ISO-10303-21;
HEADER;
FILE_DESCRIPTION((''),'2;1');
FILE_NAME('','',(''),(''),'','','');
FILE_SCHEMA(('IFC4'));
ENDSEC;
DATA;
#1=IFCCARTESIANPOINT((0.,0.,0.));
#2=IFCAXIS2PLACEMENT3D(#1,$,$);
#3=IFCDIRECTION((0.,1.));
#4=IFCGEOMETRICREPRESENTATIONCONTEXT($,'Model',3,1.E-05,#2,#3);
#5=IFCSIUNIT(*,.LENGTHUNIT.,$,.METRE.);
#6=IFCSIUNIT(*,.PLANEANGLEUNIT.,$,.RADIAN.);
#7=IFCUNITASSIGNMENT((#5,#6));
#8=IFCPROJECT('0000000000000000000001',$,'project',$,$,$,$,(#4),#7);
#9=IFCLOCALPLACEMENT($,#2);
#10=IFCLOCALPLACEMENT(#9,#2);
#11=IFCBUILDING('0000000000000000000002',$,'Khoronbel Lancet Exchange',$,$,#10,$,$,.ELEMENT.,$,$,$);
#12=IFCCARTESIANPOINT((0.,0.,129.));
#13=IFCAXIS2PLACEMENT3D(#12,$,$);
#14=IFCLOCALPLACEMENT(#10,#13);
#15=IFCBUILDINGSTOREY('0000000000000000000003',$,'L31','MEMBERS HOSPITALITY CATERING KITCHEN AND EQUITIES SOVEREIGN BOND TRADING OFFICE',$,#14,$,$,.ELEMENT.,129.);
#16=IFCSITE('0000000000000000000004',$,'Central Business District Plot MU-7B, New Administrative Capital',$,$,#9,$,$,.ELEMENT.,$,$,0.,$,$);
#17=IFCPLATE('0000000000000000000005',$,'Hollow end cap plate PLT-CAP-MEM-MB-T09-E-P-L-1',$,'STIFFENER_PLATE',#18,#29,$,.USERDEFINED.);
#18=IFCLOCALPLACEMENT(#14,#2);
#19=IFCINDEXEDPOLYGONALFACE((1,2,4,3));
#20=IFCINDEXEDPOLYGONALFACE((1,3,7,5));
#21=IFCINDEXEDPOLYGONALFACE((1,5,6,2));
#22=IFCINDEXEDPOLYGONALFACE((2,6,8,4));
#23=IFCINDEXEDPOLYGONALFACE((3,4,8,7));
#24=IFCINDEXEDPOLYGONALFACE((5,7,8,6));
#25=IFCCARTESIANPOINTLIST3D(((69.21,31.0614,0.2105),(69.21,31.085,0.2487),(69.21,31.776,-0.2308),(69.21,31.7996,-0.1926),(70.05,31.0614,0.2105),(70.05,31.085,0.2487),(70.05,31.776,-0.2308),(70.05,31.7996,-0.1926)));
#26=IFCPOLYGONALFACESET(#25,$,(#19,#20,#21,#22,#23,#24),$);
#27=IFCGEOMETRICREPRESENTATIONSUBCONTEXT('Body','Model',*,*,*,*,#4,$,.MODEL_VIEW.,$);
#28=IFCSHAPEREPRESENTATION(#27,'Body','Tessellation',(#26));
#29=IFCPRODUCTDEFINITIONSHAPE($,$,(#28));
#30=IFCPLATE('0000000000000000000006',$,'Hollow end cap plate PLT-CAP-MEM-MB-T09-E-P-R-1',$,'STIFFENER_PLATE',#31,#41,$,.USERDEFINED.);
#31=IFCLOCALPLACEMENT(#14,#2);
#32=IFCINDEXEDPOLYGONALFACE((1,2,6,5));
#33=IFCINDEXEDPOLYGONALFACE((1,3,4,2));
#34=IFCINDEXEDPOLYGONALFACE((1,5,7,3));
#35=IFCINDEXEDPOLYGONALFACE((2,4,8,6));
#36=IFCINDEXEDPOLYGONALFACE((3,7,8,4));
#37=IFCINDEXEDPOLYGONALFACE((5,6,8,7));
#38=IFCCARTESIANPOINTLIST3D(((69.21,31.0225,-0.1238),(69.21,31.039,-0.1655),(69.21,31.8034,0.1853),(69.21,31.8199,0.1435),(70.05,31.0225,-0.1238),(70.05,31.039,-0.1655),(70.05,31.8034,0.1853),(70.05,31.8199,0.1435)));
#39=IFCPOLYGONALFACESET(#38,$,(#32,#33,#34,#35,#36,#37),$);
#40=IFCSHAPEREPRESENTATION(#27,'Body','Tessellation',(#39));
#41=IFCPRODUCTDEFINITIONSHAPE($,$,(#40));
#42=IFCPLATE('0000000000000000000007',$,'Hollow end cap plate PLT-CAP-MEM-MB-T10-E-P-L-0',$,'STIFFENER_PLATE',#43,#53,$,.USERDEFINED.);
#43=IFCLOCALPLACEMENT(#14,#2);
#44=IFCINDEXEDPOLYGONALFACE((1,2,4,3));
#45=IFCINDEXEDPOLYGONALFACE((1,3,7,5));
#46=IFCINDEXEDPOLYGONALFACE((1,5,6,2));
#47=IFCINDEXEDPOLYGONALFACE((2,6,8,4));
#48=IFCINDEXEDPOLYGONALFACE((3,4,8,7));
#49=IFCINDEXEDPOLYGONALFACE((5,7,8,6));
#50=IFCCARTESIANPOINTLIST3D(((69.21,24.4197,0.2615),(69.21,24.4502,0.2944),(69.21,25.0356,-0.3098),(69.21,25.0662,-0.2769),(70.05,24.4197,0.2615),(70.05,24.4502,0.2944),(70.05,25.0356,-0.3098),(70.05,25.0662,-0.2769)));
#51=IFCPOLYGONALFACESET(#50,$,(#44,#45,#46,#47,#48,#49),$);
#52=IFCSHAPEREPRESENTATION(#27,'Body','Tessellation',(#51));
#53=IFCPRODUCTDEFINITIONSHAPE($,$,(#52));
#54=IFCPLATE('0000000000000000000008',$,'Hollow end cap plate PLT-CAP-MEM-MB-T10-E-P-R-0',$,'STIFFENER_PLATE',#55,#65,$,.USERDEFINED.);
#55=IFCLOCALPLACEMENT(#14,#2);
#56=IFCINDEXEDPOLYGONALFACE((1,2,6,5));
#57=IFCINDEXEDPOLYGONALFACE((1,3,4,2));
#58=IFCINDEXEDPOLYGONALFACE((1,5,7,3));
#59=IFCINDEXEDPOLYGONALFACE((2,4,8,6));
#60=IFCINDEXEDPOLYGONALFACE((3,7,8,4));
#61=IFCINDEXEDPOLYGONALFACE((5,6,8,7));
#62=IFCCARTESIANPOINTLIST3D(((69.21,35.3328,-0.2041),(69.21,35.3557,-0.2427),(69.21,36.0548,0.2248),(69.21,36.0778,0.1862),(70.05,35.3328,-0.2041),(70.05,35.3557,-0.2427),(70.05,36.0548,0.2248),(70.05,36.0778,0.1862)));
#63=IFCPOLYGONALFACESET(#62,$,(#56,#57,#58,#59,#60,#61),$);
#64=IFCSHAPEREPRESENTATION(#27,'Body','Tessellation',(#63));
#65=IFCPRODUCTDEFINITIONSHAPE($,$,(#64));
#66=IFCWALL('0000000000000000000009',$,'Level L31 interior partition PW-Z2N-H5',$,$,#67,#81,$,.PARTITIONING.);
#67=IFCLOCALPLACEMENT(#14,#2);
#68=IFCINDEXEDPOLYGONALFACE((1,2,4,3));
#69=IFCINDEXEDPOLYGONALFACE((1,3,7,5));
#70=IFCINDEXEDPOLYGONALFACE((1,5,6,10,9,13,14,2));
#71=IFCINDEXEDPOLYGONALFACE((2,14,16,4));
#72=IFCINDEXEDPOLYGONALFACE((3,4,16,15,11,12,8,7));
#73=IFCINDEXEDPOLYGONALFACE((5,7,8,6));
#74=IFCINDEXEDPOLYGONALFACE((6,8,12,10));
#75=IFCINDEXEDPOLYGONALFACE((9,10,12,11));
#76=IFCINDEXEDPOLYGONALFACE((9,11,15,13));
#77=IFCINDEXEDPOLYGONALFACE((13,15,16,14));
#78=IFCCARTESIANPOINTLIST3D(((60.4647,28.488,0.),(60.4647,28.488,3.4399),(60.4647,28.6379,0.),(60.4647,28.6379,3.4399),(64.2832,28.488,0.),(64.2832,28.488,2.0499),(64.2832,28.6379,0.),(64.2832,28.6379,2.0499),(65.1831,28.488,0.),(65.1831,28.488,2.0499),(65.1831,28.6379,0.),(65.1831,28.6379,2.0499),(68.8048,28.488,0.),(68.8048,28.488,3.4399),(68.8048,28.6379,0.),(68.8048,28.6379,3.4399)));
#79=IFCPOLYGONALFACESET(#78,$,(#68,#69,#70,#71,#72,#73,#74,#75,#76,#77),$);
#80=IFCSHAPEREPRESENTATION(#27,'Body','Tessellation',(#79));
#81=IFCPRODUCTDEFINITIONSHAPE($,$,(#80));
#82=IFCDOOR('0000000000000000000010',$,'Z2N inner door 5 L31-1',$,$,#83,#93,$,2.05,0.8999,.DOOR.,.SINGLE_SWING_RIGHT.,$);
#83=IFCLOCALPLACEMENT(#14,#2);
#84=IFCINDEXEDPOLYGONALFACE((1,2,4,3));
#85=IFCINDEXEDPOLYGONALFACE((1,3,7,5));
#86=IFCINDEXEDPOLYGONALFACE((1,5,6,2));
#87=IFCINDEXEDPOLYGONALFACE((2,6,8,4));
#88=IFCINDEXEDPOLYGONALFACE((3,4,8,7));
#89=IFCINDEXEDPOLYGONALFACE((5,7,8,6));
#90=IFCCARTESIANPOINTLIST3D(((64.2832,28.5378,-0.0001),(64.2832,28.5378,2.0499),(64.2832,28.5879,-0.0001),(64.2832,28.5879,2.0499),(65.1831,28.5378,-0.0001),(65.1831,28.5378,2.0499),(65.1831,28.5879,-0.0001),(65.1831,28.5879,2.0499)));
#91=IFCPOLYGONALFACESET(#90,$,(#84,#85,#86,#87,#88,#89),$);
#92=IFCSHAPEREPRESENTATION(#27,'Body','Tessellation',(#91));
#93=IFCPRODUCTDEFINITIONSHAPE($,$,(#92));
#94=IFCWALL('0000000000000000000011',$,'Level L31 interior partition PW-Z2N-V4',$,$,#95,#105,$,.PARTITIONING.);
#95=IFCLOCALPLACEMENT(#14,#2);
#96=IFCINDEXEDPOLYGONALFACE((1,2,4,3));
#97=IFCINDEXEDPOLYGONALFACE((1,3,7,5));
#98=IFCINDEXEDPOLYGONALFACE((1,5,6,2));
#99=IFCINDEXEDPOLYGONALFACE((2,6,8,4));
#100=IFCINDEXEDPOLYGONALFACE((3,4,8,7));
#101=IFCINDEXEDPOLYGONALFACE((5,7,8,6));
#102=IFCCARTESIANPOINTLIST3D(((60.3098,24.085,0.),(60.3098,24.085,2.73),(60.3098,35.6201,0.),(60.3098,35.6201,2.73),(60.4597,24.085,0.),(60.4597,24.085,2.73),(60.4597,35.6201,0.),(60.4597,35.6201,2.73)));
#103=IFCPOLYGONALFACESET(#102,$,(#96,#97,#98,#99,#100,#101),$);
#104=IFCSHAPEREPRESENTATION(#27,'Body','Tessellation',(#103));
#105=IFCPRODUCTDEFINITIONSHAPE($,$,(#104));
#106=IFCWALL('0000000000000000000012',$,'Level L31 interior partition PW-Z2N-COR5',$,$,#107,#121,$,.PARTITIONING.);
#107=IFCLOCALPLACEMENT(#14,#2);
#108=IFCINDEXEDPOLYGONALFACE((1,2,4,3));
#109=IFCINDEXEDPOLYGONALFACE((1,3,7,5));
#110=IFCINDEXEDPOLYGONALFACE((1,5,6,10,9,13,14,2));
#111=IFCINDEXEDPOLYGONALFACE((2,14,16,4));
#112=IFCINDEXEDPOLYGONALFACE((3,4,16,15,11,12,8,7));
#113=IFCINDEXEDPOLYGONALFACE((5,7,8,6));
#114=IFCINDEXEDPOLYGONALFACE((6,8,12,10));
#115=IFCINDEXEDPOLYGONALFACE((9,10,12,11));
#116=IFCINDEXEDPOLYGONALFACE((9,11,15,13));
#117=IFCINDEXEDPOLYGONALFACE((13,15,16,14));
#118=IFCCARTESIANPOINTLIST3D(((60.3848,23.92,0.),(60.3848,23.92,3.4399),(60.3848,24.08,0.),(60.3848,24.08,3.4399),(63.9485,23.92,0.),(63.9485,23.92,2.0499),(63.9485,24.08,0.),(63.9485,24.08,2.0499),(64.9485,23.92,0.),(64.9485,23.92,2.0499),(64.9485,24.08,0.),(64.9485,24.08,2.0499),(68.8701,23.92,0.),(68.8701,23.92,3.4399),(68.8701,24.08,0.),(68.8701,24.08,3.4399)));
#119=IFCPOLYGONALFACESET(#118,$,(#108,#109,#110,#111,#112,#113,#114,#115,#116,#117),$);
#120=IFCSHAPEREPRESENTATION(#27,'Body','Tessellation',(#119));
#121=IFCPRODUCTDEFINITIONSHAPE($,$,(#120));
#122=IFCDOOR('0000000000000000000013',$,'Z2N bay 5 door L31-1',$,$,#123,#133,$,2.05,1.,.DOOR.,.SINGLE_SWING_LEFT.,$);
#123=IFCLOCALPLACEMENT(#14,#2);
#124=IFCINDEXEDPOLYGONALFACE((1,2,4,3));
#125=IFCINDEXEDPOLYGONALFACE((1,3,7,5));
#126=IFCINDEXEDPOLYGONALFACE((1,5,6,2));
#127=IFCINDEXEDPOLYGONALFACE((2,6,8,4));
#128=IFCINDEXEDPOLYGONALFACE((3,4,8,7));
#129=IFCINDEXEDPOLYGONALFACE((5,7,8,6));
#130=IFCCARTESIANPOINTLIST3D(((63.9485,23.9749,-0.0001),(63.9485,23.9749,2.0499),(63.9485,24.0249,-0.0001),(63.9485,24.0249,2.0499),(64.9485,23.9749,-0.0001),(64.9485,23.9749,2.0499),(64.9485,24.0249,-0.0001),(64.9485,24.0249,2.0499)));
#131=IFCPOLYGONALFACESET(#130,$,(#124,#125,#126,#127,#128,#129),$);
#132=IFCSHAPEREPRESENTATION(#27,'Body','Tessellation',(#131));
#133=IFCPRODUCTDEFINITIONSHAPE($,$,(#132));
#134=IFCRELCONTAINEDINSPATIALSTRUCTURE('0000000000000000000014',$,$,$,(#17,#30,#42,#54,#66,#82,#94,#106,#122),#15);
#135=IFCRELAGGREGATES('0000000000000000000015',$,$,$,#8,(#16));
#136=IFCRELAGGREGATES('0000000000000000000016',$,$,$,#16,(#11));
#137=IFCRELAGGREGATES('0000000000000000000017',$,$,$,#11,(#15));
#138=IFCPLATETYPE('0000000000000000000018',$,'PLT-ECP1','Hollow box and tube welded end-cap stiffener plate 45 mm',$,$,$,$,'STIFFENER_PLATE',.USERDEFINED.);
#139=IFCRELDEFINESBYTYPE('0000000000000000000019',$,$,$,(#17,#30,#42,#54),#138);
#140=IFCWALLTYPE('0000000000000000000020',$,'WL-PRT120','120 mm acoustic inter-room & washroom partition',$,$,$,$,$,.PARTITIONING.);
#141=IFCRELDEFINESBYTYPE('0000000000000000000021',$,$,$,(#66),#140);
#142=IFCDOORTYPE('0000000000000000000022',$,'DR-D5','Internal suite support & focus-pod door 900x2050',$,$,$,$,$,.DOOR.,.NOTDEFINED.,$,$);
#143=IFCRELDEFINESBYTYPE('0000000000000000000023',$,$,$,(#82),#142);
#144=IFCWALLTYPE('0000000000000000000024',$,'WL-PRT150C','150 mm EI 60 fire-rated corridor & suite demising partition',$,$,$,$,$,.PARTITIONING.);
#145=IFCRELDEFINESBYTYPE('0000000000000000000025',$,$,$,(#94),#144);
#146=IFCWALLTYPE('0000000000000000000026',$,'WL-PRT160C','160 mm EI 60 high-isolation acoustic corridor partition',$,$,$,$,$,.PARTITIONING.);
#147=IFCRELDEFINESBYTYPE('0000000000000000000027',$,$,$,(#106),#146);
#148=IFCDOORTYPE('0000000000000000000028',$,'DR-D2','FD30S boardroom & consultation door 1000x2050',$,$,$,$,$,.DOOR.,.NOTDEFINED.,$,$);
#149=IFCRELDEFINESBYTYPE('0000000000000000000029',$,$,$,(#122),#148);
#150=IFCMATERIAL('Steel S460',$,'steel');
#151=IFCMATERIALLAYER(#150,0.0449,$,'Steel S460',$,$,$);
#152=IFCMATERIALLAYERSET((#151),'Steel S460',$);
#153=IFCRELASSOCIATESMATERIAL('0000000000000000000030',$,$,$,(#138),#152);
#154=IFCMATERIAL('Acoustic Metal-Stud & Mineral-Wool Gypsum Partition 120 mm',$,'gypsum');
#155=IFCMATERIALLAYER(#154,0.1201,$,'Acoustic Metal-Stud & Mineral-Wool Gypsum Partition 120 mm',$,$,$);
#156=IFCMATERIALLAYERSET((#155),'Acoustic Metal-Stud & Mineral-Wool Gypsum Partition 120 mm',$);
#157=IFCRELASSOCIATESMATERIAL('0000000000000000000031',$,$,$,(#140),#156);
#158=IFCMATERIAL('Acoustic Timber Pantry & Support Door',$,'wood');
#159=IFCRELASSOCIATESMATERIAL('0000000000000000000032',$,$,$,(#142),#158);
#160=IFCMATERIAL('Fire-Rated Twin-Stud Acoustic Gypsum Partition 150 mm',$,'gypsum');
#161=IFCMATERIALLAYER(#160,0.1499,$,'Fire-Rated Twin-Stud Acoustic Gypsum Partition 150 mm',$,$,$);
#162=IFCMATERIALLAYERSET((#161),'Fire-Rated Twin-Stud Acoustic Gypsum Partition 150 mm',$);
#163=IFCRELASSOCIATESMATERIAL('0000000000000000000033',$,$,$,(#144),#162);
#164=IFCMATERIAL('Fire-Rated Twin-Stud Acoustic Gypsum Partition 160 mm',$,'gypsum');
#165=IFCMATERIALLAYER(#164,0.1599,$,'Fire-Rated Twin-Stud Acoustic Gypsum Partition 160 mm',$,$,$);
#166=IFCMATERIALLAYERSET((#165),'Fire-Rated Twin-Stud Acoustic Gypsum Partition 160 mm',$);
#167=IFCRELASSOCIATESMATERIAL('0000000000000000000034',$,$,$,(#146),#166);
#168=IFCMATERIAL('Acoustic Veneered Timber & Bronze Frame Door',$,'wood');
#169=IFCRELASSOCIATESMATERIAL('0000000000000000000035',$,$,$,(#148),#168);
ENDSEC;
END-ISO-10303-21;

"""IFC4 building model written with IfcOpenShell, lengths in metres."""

from ifc_helpers import new_model, si_unit, direction, frame, frame_2d, origin, place, context, subcontext, project, spatial, polyline, rectangle, outline, extrude, material, layer, layer_set, type_object, element, fill, save


model = new_model("IFC4")

# Units and contexts
model_context = context("Model", 3, precision=1e-05, world=origin(), true_north=direction((0.0, 1.0)))
body_context = subcontext(model_context, "Body", "Model", "MODEL_VIEW")
ifc_project = project(units=[si_unit("LENGTHUNIT", "METRE"), si_unit("PLANEANGLEUNIT", "RADIAN")], contexts=[model_context])

# Site, building, storey
site_placement = place(None, origin())
site = spatial("IfcSite", under=ifc_project, at=site_placement, Name="Central Business District Plot MU-7B, New Administrative Capital", CompositionType="ELEMENT", RefElevation=0.0)
building_placement = place(site_placement, origin())
building = spatial("IfcBuilding", under=site, at=building_placement, Name="Khoronbel Lancet Exchange", CompositionType="ELEMENT")
storey_placement = place(building_placement, frame((0.0, 0.0, 129.0)))
storey = spatial("IfcBuildingStorey", under=building, at=storey_placement, Name="L31", Description="MEMBERS HOSPITALITY CATERING KITCHEN AND EQUITIES SOVEREIGN BOND TRADING OFFICE", CompositionType="ELEMENT", Elevation=129.0)

# Shared definitions
ifc_material_1 = material(Name="Steel S460", Category="steel")

# Plates
ifc_layer_1 = layer(ifc_material_1, 0.0449, Name="Steel S460")
ifc_layer_set_1 = layer_set([ifc_layer_1], Name="Steel S460")
plate_type_1 = type_object("IfcPlateType", Name="PLT-ECP1", Description="Hollow box and tube welded end-cap stiffener plate 45 mm", ElementType="STIFFENER_PLATE", PredefinedType="USERDEFINED", material=ifc_layer_set_1)
for number, where, z_axis, x_axis, name in (
    (1, (70.05, 31.7996, -0.1926), (0.0, 0.525524, 0.850779), (-1.0, 0.0, 0.0), "Hollow end cap plate PLT-CAP-MEM-MB-T09-E-P-L-1"),
    (2, (69.21, 31.0225, -0.1238), (0.0, -0.36798, 0.929834), (1.0, 0.0, 0.0), "Hollow end cap plate PLT-CAP-MEM-MB-T09-E-P-R-1"),
):
    element("IfcPlate", number, at=place(storey_placement, frame(where, z_axis=z_axis, x_axis=x_axis)), inside=storey, type_object=plate_type_1, Name=name, ObjectType="STIFFENER_PLATE", PredefinedType="USERDEFINED", context=body_context, shape_type="SweptSolid", body=[
        extrude(outline(polyline([(0.0, 0.0), (0.8401, 0.0), (0.8401, 0.8398), (0.0, 0.8398), (0.0, 0.0)])), origin(), (0.0, 0.0, -1.0), 0.0449),
    ])
plate_1_placement = place(storey_placement, frame((70.05, 25.0662, -0.2769), z_axis=(0.0, 0.680016, 0.733197), x_axis=(-1.0, 0.0, 0.0)))
element("IfcPlate", 3, at=plate_1_placement, inside=storey, type_object=plate_type_1, Name="Hollow end cap plate PLT-CAP-MEM-MB-T10-E-P-L-0", ObjectType="STIFFENER_PLATE", PredefinedType="USERDEFINED", context=body_context, shape_type="SweptSolid", body=[
    extrude(outline(polyline([(0.0, 0.0), (0.8401, 0.0), (0.8401, 0.8401), (0.0, 0.8401), (0.0, 0.0)])), origin(), (0.0, 0.0, -1.0), 0.0449),
])
plate_2_placement = place(storey_placement, frame((69.21, 35.3328, -0.2041), z_axis=(0.0, -0.510686, 0.859767), x_axis=(1.0, 0.0, 0.0)))
element("IfcPlate", 4, at=plate_2_placement, inside=storey, type_object=plate_type_1, Name="Hollow end cap plate PLT-CAP-MEM-MB-T10-E-P-R-0", ObjectType="STIFFENER_PLATE", PredefinedType="USERDEFINED", context=body_context, shape_type="SweptSolid", body=[
    extrude(outline(polyline([(0.0, 0.0), (0.8401, 0.0), (0.8401, 0.8398), (0.0, 0.8398), (0.0, 0.0)])), origin(), (0.0, 0.0, -1.0), 0.0449),
])

# Wall, opening, door
ifc_material_2 = material(Name="Acoustic Metal-Stud & Mineral-Wool Gypsum Partition 120 mm", Category="gypsum")
ifc_layer_2 = layer(ifc_material_2, 0.1201, Name="Acoustic Metal-Stud & Mineral-Wool Gypsum Partition 120 mm")
ifc_layer_set_2 = layer_set([ifc_layer_2], Name="Acoustic Metal-Stud & Mineral-Wool Gypsum Partition 120 mm")
wall_type_1 = type_object("IfcWallType", Name="WL-PRT120", Description="120 mm acoustic inter-room & washroom partition", PredefinedType="PARTITIONING", material=ifc_layer_set_2)
wall_1_placement = place(storey_placement, frame((60.4648, 28.563, 0.0), z_axis=(0.0, 0.0, 1.0), x_axis=(1.0, 0.0, 0.0)))
wall_1 = element("IfcWall", 5, at=wall_1_placement, inside=storey, type_object=wall_type_1, Name="Level L31 interior partition PW-Z2N-H5", PredefinedType="PARTITIONING", context=body_context, shape_type="SweptSolid", body=[
    extrude(rectangle(XDim=8.3401, YDim=0.1499, at=frame_2d((4.1699, 0.0))), origin(), (0.0, 0.0, 1.0), 3.4399),
])
opening_1_placement = place(wall_1_placement, frame((3.8184, 0.0, 0.0)))
opening_1 = element("IfcOpeningElement", 6, at=opening_1_placement, cuts=wall_1, PredefinedType="OPENING", context=body_context, shape_type="SweptSolid", body=[
    extrude(rectangle(XDim=0.8999, YDim=2.05, at=frame_2d((0.45, 1.0249))), frame((0.0, 0.085, 0.0), z_axis=(0.0, -1.0, 0.0), x_axis=(1.0, 0.0, 0.0)), (0.0, 0.0, 1.0), 0.1699),
])
ifc_material_3 = material(Name="Acoustic Timber Pantry & Support Door", Category="wood")
door_type_1 = type_object("IfcDoorType", Name="DR-D5", Description="Internal suite support & focus-pod door 900x2050", OperationType="NOTDEFINED", PredefinedType="DOOR", material=ifc_material_3)
door_1_placement = place(opening_1_placement, origin())
door_1 = element("IfcDoor", 7, at=door_1_placement, inside=storey, type_object=door_type_1, Name="Z2N inner door 5 L31-1", OperationType="SINGLE_SWING_RIGHT", OverallHeight=2.05, OverallWidth=0.8999, PredefinedType="DOOR", context=body_context, shape_type="SweptSolid", body=[
    extrude(rectangle(XDim=0.8999, YDim=2.05, at=frame_2d((0.45, 1.0249))), frame((0.0, 0.0249, 0.0), z_axis=(0.0, -1.0, 0.0), x_axis=(1.0, 0.0, 0.0)), (0.0, 0.0, 1.0), 0.05),
])
fill(opening_1, door_1)

# Wall
ifc_material_4 = material(Name="Fire-Rated Twin-Stud Acoustic Gypsum Partition 150 mm", Category="gypsum")
ifc_layer_3 = layer(ifc_material_4, 0.1499, Name="Fire-Rated Twin-Stud Acoustic Gypsum Partition 150 mm")
ifc_layer_set_3 = layer_set([ifc_layer_3], Name="Fire-Rated Twin-Stud Acoustic Gypsum Partition 150 mm")
wall_type_2 = type_object("IfcWallType", Name="WL-PRT150C", Description="150 mm EI 60 fire-rated corridor & suite demising partition", PredefinedType="PARTITIONING", material=ifc_layer_set_3)
wall_2_placement = place(storey_placement, frame((60.3848, 24.085, 0.0), z_axis=(0.0, 0.0, 1.0), x_axis=(0.0, 1.0, 0.0)))
element("IfcWall", 8, at=wall_2_placement, inside=storey, type_object=wall_type_2, Name="Level L31 interior partition PW-Z2N-V4", PredefinedType="PARTITIONING", context=body_context, shape_type="SweptSolid", body=[
    extrude(rectangle(XDim=11.5352, YDim=0.1499, at=frame_2d((5.7676, 0.0))), origin(), (0.0, 0.0, 1.0), 2.73),
])

# Wall, opening, door
ifc_material_5 = material(Name="Fire-Rated Twin-Stud Acoustic Gypsum Partition 160 mm", Category="gypsum")
ifc_layer_4 = layer(ifc_material_5, 0.1599, Name="Fire-Rated Twin-Stud Acoustic Gypsum Partition 160 mm")
ifc_layer_set_4 = layer_set([ifc_layer_4], Name="Fire-Rated Twin-Stud Acoustic Gypsum Partition 160 mm")
wall_type_3 = type_object("IfcWallType", Name="WL-PRT160C", Description="160 mm EI 60 high-isolation acoustic corridor partition", PredefinedType="PARTITIONING", material=ifc_layer_set_4)
wall_3_placement = place(storey_placement, frame((60.3848, 24.0, 0.0), z_axis=(0.0, 0.0, 1.0), x_axis=(1.0, 0.0, 0.0)))
wall_3 = element("IfcWall", 9, at=wall_3_placement, inside=storey, type_object=wall_type_3, Name="Level L31 interior partition PW-Z2N-COR5", PredefinedType="PARTITIONING", context=body_context, shape_type="SweptSolid", body=[
    extrude(rectangle(XDim=8.4854, YDim=0.1599, at=frame_2d((4.2427, 0.0))), origin(), (0.0, 0.0, 1.0), 3.4399),
])
opening_2_placement = place(wall_3_placement, frame((3.5637, 0.0, 0.0)))
opening_2 = element("IfcOpeningElement", 10, at=opening_2_placement, cuts=wall_3, PredefinedType="OPENING", context=body_context, shape_type="SweptSolid", body=[
    extrude(rectangle(XDim=1.0, YDim=2.05, at=frame_2d((0.5, 1.0249))), frame((0.0, 0.0898, 0.0), z_axis=(0.0, -1.0, 0.0), x_axis=(1.0, 0.0, 0.0)), (0.0, 0.0, 1.0), 0.1799),
])
ifc_material_6 = material(Name="Acoustic Veneered Timber & Bronze Frame Door", Category="wood")
door_type_2 = type_object("IfcDoorType", Name="DR-D2", Description="FD30S boardroom & consultation door 1000x2050", OperationType="NOTDEFINED", PredefinedType="DOOR", material=ifc_material_6)
door_2_placement = place(opening_2_placement, origin())
door_2 = element("IfcDoor", 11, at=door_2_placement, inside=storey, type_object=door_type_2, Name="Z2N bay 5 door L31-1", OperationType="SINGLE_SWING_LEFT", OverallHeight=2.05, OverallWidth=1.0, PredefinedType="DOOR", context=body_context, shape_type="SweptSolid", body=[
    extrude(rectangle(XDim=1.0, YDim=2.05, at=frame_2d((0.5, 1.0249))), frame((0.0, 0.0249, 0.0), z_axis=(0.0, -1.0, 0.0), x_axis=(1.0, 0.0, 0.0)), (0.0, 0.0, 1.0), 0.05),
])
fill(opening_2, door_2)

save(model, "model.ifc")
